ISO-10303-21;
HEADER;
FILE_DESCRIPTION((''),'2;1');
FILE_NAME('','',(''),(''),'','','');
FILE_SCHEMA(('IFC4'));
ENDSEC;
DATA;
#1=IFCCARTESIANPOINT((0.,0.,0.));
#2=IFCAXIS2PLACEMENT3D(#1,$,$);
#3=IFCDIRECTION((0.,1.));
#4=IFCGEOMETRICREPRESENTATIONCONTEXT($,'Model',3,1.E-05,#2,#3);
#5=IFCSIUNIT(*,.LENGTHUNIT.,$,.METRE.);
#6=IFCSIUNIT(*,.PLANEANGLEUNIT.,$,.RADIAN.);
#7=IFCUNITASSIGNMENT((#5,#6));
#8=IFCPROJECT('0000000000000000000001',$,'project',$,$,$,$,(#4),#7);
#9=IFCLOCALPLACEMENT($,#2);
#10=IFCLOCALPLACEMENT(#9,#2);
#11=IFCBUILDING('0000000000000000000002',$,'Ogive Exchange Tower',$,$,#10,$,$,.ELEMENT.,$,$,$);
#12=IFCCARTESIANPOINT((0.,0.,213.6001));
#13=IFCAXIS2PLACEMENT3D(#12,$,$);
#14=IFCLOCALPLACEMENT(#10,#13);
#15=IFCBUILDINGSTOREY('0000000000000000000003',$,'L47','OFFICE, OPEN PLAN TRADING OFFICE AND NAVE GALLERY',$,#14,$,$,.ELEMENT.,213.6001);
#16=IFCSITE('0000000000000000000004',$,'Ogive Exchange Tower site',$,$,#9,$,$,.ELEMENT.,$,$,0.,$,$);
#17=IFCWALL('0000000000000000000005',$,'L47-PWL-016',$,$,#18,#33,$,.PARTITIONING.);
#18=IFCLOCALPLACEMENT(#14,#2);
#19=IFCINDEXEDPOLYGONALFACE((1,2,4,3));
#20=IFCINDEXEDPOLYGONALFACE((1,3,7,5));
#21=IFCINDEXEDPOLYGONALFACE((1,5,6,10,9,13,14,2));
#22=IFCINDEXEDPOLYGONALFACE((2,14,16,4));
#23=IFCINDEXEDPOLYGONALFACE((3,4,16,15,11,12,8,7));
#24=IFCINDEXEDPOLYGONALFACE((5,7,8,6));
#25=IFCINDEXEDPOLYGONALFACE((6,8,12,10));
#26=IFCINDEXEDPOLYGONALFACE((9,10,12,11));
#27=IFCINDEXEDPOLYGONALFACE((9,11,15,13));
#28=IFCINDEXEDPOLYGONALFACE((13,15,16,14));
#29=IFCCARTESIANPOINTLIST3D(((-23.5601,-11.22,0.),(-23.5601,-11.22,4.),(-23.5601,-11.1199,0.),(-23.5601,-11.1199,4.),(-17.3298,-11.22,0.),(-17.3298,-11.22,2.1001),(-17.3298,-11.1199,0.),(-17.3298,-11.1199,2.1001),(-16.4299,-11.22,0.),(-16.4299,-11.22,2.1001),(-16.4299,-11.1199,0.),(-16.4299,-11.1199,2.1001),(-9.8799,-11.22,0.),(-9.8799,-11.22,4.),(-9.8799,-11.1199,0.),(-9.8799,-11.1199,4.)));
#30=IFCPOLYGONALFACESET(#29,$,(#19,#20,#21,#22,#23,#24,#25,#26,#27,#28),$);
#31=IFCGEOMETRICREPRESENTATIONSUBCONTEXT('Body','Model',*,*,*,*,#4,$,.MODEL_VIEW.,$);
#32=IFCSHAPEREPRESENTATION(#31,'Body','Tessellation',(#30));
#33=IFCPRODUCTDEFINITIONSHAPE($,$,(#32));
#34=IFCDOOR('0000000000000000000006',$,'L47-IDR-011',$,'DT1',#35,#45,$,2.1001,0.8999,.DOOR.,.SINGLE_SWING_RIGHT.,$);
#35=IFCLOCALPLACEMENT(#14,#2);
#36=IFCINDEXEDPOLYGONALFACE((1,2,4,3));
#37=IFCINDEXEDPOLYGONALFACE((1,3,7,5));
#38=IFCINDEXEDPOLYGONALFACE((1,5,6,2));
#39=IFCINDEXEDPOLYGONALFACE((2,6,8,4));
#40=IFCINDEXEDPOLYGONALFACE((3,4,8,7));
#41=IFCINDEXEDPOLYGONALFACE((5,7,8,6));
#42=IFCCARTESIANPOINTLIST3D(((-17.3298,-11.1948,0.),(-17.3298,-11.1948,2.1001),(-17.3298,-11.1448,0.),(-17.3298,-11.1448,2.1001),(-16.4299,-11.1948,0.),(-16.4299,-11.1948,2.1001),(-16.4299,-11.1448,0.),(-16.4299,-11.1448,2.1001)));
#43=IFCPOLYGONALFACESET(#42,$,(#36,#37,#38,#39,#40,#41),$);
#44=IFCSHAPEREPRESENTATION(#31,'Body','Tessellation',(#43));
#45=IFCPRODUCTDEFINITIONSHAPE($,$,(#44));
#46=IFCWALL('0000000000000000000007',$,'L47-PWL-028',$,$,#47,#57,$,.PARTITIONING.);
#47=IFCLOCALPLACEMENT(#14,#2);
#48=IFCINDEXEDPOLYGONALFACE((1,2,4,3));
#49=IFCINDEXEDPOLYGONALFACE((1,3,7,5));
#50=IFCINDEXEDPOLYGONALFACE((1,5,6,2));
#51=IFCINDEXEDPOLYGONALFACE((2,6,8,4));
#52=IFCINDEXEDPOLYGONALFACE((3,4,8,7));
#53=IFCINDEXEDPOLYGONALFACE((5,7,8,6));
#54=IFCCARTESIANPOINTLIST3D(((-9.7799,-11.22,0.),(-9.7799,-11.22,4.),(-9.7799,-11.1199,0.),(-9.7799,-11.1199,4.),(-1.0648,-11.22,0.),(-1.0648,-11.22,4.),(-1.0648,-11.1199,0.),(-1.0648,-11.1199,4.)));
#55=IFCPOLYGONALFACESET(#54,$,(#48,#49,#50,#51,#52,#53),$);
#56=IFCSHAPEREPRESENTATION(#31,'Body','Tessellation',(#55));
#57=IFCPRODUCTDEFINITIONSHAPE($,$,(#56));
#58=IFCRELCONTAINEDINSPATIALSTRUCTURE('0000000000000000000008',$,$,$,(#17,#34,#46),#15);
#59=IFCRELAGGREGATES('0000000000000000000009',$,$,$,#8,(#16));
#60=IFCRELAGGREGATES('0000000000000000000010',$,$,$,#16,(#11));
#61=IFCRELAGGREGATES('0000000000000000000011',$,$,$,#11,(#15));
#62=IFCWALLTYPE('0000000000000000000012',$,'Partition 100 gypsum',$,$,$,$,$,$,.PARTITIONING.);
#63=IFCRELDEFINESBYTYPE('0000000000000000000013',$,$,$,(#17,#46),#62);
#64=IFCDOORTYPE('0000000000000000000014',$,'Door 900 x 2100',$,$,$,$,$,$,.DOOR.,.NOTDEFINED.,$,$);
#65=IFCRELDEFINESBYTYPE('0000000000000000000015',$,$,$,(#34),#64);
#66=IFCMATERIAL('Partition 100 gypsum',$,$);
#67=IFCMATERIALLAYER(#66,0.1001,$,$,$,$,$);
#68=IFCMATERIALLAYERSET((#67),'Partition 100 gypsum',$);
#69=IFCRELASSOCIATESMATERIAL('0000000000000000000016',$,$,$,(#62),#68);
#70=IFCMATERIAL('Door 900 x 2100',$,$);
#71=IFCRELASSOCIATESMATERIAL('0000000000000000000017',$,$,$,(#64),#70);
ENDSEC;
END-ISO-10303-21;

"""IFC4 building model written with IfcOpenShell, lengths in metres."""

from ifc_helpers import new_model, si_unit, direction, frame, frame_2d, origin, place, context, subcontext, project, spatial, rectangle, extrude, material, layer, layer_set, type_object, element, fill, save


model = new_model("IFC4")

# Units and contexts
model_context = context("Model", 3, precision=1e-05, world=origin(), true_north=direction((0.0, 1.0)))
body_context = subcontext(model_context, "Body", "Model", "MODEL_VIEW")
ifc_project = project(units=[si_unit("LENGTHUNIT", "METRE"), si_unit("PLANEANGLEUNIT", "RADIAN")], contexts=[model_context])

# Site, building, storey
site_placement = place(None, origin())
site = spatial("IfcSite", under=ifc_project, at=site_placement, Name="Ogive Exchange Tower site", CompositionType="ELEMENT", RefElevation=0.0)
building_placement = place(site_placement, origin())
building = spatial("IfcBuilding", under=site, at=building_placement, Name="Ogive Exchange Tower", CompositionType="ELEMENT")
storey_placement = place(building_placement, frame((0.0, 0.0, 213.6001)))
storey = spatial("IfcBuildingStorey", under=building, at=storey_placement, Name="L47", Description="OFFICE, OPEN PLAN TRADING OFFICE AND NAVE GALLERY", CompositionType="ELEMENT", Elevation=213.6001)

# Shared definitions
ifc_material_1 = material(Name="Partition 100 gypsum")
ifc_layer_1 = layer(ifc_material_1, 0.1001)
ifc_layer_set_1 = layer_set([ifc_layer_1], Name="Partition 100 gypsum")
wall_type_1 = type_object("IfcWallType", Name="Partition 100 gypsum", PredefinedType="PARTITIONING", material=ifc_layer_set_1)

# Wall, opening, door
wall_1_placement = place(storey_placement, frame((-9.8799, -11.1699, 0.0), z_axis=(0.0, 0.0, 1.0), x_axis=(-1.0, 0.0, 0.0)))
wall_1 = element("IfcWall", 1, at=wall_1_placement, inside=storey, type_object=wall_type_1, Name="L47-PWL-016", PredefinedType="PARTITIONING", context=body_context, shape_type="SweptSolid", body=[
    extrude(rectangle(XDim=13.6802, YDim=0.1001, at=frame_2d((6.8401, 0.0))), origin(), (0.0, 0.0, 1.0), 4.0),
])
opening_1_placement = place(wall_1_placement, frame((6.55, 0.0, 0.0)))
opening_1 = element("IfcOpeningElement", 2, at=opening_1_placement, cuts=wall_1, PredefinedType="OPENING", context=body_context, shape_type="SweptSolid", body=[
    extrude(rectangle(XDim=0.8999, YDim=2.1001, at=frame_2d((0.45, 1.05))), frame((0.0, 0.0601, 0.0), z_axis=(0.0, -1.0, 0.0), x_axis=(1.0, 0.0, 0.0)), (0.0, 0.0, 1.0), 0.1201),
])
ifc_material_2 = material(Name="Door 900 x 2100")
door_type_1 = type_object("IfcDoorType", Name="Door 900 x 2100", OperationType="NOTDEFINED", PredefinedType="DOOR", material=ifc_material_2)
door_1_placement = place(opening_1_placement, origin())
door_1 = element("IfcDoor", 3, at=door_1_placement, inside=storey, type_object=door_type_1, Name="L47-IDR-011", ObjectType="DT1", OperationType="SINGLE_SWING_RIGHT", OverallHeight=2.1001, OverallWidth=0.8999, PredefinedType="DOOR", context=body_context, shape_type="SweptSolid", body=[
    extrude(rectangle(XDim=0.8999, YDim=2.1001, at=frame_2d((0.45, 1.05))), frame((0.0, 0.0249, 0.0), z_axis=(0.0, -1.0, 0.0), x_axis=(1.0, 0.0, 0.0)), (0.0, 0.0, 1.0), 0.05),
])
fill(opening_1, door_1)

# Wall
wall_2_placement = place(storey_placement, frame((-1.0649, -11.1699, 0.0), z_axis=(0.0, 0.0, 1.0), x_axis=(-1.0, 0.0, 0.0)))
element("IfcWall", 4, at=wall_2_placement, inside=storey, type_object=wall_type_1, Name="L47-PWL-028", PredefinedType="PARTITIONING", context=body_context, shape_type="SweptSolid", body=[
    extrude(rectangle(XDim=8.7151, YDim=0.1001, at=frame_2d((4.3574, 0.0))), origin(), (0.0, 0.0, 1.0), 4.0),
])

save(model, "model.ifc")
